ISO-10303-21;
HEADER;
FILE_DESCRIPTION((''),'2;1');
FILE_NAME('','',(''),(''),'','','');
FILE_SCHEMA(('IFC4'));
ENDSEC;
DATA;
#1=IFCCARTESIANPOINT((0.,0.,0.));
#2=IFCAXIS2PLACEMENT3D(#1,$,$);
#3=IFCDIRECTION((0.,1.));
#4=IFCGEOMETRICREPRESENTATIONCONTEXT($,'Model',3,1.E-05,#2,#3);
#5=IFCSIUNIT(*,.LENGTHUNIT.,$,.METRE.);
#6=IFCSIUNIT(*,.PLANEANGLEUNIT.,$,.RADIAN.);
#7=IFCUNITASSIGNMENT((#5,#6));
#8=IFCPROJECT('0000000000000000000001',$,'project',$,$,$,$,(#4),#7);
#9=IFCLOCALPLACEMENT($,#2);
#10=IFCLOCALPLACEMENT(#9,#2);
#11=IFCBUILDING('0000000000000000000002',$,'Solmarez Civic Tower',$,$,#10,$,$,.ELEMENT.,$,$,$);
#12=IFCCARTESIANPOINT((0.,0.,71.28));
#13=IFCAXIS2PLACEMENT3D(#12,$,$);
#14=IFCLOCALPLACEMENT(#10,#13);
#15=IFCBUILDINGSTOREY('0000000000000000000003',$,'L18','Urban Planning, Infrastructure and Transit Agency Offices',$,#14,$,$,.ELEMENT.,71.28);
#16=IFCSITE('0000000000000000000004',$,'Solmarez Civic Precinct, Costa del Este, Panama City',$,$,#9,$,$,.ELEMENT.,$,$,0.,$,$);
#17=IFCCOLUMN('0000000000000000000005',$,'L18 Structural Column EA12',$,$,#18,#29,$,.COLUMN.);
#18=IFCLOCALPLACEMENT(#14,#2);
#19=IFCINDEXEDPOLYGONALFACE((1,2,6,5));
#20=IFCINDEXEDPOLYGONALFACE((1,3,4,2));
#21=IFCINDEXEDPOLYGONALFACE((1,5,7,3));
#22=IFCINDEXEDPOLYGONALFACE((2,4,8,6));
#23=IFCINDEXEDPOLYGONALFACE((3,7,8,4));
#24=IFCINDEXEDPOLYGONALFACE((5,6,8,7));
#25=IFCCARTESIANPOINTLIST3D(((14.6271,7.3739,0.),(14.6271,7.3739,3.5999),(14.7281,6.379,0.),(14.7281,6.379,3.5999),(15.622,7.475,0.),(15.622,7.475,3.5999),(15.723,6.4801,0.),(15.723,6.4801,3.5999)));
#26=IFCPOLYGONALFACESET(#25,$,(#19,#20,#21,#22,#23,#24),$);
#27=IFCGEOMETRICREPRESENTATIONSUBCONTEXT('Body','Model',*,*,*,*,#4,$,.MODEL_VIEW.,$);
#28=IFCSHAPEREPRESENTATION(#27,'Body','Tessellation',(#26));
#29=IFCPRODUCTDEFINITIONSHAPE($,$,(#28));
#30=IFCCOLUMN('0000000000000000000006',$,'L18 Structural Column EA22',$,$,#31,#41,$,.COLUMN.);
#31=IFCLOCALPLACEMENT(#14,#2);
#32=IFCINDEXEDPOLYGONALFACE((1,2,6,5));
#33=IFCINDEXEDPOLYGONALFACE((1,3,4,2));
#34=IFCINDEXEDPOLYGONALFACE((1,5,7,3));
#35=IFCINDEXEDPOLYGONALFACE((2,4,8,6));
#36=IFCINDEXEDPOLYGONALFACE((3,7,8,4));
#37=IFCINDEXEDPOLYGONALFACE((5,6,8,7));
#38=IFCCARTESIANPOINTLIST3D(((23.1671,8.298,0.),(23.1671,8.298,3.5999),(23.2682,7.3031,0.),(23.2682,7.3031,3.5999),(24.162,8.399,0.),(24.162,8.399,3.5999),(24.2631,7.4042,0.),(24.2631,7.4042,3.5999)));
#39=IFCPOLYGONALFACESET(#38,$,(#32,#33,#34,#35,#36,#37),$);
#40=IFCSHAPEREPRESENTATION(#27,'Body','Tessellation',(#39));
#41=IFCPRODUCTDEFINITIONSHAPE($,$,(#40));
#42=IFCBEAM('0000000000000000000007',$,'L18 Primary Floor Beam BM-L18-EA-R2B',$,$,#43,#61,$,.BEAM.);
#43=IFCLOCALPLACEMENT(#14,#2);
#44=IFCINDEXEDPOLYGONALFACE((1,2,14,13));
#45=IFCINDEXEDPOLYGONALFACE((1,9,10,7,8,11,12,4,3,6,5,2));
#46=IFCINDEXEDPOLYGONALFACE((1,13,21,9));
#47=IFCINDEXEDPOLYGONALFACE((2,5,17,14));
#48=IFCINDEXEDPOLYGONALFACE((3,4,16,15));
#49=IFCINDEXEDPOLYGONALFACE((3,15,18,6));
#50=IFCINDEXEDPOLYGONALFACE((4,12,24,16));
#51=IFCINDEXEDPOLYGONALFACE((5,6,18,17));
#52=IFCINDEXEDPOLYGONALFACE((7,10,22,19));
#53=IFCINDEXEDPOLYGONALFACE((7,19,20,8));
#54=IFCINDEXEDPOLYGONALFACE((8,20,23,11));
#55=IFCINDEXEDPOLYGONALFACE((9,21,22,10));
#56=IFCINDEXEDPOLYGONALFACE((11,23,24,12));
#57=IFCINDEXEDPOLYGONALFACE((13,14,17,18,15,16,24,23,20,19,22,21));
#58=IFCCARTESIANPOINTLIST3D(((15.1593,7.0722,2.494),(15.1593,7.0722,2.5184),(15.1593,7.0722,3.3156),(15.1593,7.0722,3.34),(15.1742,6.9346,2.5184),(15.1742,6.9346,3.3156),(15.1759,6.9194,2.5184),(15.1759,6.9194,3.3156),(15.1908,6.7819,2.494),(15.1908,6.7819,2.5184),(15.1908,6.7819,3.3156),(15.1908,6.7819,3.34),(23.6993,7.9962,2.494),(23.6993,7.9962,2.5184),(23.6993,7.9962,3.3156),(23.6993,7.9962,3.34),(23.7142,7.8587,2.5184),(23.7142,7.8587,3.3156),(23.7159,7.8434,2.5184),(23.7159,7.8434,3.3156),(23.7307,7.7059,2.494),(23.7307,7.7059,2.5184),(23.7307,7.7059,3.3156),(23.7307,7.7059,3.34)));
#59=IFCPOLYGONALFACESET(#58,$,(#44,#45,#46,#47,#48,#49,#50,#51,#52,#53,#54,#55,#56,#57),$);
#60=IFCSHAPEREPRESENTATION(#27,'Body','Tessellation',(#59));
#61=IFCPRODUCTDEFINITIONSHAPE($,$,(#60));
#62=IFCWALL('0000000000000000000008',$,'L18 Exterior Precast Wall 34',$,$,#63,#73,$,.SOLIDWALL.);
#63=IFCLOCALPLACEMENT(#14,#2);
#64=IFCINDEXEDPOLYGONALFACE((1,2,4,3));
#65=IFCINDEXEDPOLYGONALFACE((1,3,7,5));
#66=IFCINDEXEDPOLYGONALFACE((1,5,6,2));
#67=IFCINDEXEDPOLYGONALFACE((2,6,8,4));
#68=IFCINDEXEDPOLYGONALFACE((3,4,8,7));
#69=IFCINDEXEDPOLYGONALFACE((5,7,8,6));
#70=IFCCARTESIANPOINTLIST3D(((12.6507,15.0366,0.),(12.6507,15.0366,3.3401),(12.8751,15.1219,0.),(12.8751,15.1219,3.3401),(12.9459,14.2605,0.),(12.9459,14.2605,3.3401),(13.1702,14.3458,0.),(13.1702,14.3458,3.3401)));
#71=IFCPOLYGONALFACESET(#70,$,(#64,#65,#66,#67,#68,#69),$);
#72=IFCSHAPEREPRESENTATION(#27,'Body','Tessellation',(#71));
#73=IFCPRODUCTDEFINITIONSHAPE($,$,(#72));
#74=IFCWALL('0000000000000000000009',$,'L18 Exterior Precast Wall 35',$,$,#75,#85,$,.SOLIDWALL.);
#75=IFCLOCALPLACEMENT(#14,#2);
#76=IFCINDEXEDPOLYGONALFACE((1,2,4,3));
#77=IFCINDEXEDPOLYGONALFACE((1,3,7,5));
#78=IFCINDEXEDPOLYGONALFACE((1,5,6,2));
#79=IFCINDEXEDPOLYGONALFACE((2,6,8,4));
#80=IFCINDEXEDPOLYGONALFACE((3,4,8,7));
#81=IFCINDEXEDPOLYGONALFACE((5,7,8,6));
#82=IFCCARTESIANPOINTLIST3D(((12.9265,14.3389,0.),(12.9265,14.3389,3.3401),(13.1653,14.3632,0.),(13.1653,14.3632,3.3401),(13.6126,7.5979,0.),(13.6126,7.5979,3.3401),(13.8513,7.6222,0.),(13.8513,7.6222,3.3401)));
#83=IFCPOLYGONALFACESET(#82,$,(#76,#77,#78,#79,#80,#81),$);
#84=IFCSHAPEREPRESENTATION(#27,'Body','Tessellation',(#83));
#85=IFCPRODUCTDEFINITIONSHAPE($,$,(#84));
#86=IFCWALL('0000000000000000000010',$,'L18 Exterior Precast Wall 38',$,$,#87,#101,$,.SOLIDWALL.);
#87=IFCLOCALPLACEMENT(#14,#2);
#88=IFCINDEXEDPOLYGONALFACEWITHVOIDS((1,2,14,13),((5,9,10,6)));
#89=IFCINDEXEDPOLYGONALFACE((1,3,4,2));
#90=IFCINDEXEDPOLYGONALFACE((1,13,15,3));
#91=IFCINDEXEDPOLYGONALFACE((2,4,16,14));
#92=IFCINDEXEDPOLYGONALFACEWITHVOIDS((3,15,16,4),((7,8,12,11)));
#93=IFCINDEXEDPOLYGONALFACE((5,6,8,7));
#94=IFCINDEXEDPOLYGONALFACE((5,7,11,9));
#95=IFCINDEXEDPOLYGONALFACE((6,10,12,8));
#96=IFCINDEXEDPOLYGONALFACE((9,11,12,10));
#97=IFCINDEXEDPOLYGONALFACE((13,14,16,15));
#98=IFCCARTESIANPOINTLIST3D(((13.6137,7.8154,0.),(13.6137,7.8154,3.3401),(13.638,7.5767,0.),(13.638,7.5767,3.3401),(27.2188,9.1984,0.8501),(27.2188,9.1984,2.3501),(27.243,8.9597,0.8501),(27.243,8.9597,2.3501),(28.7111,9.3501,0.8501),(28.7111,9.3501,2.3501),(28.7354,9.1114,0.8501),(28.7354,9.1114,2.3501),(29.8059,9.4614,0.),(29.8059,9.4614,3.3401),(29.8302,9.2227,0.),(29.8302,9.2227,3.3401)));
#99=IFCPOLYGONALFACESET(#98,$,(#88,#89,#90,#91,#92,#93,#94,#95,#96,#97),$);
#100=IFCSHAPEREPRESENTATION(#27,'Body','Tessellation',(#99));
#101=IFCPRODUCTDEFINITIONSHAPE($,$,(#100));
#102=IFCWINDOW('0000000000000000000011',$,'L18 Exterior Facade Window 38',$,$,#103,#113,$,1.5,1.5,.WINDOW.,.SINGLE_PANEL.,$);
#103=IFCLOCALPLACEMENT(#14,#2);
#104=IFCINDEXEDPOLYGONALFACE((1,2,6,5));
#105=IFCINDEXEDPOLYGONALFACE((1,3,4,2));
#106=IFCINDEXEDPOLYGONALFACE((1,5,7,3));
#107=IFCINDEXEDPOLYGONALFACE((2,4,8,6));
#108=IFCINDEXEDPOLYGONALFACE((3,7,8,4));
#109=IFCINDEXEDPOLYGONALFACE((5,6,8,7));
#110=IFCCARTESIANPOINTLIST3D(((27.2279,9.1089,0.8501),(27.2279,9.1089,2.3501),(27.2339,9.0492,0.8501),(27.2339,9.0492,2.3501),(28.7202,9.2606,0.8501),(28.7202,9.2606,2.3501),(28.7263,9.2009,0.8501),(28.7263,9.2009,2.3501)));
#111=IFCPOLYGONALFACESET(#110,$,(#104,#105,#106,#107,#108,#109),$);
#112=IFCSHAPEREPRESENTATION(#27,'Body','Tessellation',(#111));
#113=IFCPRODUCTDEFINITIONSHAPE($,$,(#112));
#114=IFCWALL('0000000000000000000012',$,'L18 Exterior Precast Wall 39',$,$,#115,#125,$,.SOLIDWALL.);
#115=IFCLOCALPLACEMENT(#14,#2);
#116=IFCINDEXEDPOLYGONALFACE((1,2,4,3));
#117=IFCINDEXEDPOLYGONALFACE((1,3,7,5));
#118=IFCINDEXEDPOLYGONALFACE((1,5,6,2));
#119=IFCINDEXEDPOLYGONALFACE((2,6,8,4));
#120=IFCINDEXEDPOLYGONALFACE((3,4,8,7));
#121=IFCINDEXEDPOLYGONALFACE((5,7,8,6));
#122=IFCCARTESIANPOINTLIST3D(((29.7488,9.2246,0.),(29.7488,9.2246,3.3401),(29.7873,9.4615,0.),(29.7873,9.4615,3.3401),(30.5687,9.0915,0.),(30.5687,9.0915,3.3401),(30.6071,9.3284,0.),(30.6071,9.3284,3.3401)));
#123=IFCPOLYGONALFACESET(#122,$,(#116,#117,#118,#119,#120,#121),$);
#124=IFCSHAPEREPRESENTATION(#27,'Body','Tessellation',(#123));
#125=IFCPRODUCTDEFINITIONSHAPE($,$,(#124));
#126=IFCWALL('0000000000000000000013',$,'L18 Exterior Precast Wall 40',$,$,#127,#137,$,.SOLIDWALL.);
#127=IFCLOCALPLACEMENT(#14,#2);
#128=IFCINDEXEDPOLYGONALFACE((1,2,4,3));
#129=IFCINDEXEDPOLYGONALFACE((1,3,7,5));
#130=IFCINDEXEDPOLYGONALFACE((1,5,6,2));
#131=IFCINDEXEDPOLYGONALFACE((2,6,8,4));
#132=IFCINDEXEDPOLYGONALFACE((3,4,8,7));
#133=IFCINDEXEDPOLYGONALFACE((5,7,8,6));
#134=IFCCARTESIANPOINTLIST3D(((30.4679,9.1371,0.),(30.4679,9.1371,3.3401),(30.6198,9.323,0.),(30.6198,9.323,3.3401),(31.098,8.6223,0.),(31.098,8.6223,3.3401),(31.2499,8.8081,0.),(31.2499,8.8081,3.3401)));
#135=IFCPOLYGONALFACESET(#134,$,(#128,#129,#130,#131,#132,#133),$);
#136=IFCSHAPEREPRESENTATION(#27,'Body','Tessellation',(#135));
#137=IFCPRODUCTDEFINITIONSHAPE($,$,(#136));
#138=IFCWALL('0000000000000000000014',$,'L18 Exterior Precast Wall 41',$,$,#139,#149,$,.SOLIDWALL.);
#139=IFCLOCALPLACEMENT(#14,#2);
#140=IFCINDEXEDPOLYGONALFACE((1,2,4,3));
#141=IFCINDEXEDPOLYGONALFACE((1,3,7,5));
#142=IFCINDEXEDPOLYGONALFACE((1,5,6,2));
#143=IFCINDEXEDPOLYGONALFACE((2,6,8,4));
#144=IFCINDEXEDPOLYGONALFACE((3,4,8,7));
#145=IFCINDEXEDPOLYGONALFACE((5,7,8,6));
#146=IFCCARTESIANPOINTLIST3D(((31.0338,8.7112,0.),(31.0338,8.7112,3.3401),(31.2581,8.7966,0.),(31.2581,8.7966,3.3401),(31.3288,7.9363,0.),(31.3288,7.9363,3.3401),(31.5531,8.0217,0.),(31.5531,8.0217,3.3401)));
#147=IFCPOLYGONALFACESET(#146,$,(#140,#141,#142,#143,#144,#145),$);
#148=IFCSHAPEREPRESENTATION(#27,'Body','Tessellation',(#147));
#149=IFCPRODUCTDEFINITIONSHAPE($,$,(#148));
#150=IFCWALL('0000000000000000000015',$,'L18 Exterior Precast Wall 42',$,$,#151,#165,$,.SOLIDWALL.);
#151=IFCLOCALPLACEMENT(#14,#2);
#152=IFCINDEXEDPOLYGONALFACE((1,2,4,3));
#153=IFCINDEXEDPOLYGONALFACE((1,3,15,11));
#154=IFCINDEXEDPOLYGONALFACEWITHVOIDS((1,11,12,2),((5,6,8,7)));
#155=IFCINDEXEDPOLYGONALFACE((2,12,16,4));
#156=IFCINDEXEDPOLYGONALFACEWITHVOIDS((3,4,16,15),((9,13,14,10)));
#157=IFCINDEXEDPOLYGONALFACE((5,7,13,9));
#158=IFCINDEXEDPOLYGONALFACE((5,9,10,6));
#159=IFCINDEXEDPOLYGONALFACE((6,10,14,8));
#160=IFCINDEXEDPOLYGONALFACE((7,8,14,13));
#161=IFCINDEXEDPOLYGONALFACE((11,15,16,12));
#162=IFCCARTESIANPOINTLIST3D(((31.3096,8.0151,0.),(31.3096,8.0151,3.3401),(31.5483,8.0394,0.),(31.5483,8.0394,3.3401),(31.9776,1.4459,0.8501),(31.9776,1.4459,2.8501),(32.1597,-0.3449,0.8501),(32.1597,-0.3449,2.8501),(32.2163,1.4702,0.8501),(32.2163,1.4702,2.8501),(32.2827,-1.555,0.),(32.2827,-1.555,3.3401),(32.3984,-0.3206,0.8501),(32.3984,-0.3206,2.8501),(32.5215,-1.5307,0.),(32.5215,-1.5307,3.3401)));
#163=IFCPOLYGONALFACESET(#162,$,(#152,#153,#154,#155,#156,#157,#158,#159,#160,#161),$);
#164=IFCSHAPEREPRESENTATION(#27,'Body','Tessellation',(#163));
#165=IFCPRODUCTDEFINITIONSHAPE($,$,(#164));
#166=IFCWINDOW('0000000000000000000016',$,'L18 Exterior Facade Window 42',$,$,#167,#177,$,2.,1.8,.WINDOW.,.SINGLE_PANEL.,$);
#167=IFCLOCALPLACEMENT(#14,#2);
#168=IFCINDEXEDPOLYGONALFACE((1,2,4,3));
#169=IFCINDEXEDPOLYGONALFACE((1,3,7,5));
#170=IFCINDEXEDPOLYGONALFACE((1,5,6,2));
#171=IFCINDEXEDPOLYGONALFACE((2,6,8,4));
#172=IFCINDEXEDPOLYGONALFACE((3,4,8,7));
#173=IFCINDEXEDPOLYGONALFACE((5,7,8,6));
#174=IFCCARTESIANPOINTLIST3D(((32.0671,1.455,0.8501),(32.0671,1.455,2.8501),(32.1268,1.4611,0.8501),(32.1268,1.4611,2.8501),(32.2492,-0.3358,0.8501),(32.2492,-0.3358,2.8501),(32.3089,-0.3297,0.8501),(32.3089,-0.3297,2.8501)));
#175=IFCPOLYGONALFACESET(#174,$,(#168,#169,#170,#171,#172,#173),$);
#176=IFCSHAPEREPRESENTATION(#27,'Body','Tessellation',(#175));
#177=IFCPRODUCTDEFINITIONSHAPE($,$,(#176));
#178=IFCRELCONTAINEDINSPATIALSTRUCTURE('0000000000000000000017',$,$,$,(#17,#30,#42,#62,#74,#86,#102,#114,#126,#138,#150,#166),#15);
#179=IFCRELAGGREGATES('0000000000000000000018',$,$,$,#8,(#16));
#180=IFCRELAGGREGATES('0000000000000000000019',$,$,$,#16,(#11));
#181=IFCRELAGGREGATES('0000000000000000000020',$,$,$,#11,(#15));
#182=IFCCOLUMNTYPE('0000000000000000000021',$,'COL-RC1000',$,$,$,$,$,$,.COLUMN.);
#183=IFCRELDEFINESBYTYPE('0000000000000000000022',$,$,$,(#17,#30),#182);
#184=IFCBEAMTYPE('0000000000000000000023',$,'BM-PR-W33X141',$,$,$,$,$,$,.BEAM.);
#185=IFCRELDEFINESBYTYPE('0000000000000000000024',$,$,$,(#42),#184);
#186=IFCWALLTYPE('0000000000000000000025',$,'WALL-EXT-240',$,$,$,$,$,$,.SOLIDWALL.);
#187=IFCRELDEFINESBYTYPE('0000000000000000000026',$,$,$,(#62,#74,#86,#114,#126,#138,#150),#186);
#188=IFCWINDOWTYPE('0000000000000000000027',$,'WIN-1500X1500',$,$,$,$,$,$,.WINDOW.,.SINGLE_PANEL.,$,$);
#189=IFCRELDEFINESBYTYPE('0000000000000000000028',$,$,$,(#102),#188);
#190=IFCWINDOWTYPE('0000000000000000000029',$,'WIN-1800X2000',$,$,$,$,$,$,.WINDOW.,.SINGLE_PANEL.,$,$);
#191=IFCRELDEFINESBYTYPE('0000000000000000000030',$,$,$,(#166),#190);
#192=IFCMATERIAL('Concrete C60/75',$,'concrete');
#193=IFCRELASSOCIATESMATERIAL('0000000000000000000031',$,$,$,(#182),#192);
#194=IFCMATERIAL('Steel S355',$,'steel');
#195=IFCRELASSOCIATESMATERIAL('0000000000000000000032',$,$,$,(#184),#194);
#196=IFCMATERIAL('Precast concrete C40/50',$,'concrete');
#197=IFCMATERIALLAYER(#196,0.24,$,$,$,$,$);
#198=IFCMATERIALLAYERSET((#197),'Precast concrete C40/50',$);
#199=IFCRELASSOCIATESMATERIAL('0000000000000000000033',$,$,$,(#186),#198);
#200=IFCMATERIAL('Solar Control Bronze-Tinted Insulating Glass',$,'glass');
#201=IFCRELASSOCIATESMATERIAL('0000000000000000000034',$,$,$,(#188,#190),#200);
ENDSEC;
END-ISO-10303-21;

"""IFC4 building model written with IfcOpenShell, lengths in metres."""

from ifc_helpers import new_model, si_unit, direction, frame, frame_2d, origin, origin_2d, place, context, subcontext, project, spatial, rectangle, i_section, extrude, material, layer, layer_set, material_profile, profile_set, type_object, element, fill, save


model = new_model("IFC4")

# Units and contexts
model_context = context("Model", 3, precision=1e-05, world=origin(), true_north=direction((0.0, 1.0)))
body_context = subcontext(model_context, "Body", "Model", "MODEL_VIEW")
ifc_project = project(units=[si_unit("LENGTHUNIT", "METRE"), si_unit("PLANEANGLEUNIT", "RADIAN")], contexts=[model_context])

# Site, building, storey
site_placement = place(None, origin())
site = spatial("IfcSite", under=ifc_project, at=site_placement, Name="Solmarez Civic Precinct, Costa del Este, Panama City", CompositionType="ELEMENT", RefElevation=0.0)
building_placement = place(site_placement, origin())
building = spatial("IfcBuilding", under=site, at=building_placement, Name="Solmarez Civic Tower", CompositionType="ELEMENT")
storey_placement = place(building_placement, frame((0.0, 0.0, 71.28)))
storey = spatial("IfcBuildingStorey", under=building, at=storey_placement, Name="L18", Description="Urban Planning, Infrastructure and Transit Agency Offices", CompositionType="ELEMENT", Elevation=71.28)

# Columns
ifc_material_1 = material(Name="Concrete C60/75", Category="concrete")
ifc_material_profile_1 = material_profile(ifc_material_1, rectangle(XDim=1.0, YDim=1.0, at=origin_2d()), Name="RC1000X1000")
ifc_profile_set_1 = profile_set([ifc_material_profile_1], Name="Concrete C60/75")
column_type = type_object("IfcColumnType", Name="COL-RC1000", PredefinedType="COLUMN", material=ifc_profile_set_1)
for number, where, z_axis, x_axis, name in (
    (1, (15.175, 6.927, 0.0), (0.0, 0.0, 1.0), (0.994881, 0.101056, 0.0), "L18 Structural Column EA12"),
    (2, (23.7151, 7.8511, 0.0), (0.0, 0.0, 1.0), (0.994881, 0.101056, 0.0), "L18 Structural Column EA22"),
):
    element("IfcColumn", number, at=place(storey_placement, frame(where, z_axis=z_axis, x_axis=x_axis)), inside=storey, type_object=column_type, Name=name, PredefinedType="COLUMN", context=body_context, shape_type="SweptSolid", body=[
        extrude(rectangle(XDim=1.0, YDim=1.0, at=origin_2d()), origin(), (0.0, 0.0, 1.0), 3.5999),
    ])

# Beam
ifc_material_2 = material(Name="Steel S355", Category="steel")
ifc_material_profile_2 = material_profile(ifc_material_2, i_section(OverallWidth=0.292, OverallDepth=0.8459, WebThickness=0.0154, FlangeThickness=0.0244, at=origin_2d()), Name="W33X141")
ifc_profile_set_2 = profile_set([ifc_material_profile_2], Name="Steel S355")
beam_type = type_object("IfcBeamType", Name="BM-PR-W33X141", PredefinedType="BEAM", material=ifc_profile_set_2)
beam_placement = place(storey_placement, frame((15.175, 6.927, 2.917), z_axis=(0.994197, 0.107577, 0.0), x_axis=(-0.107577, 0.994197, 0.0)))
element("IfcBeam", 3, at=beam_placement, inside=storey, type_object=beam_type, Name="L18 Primary Floor Beam BM-L18-EA-R2B", PredefinedType="BEAM", context=body_context, shape_type="SweptSolid", body=[
    extrude(i_section(OverallWidth=0.292, OverallDepth=0.8459, WebThickness=0.0154, FlangeThickness=0.0244, at=origin_2d()), origin(), (0.0, 0.0, 1.0), 8.5898),
])

# Walls
ifc_material_3 = material(Name="Precast concrete C40/50", Category="concrete")
ifc_layer_1 = layer(ifc_material_3, 0.24)
ifc_layer_set_1 = layer_set([ifc_layer_1], Name="Precast concrete C40/50")
wall_type_1 = type_object("IfcWallType", Name="WALL-EXT-240", PredefinedType="SOLIDWALL", material=ifc_layer_set_1)
wall_1_placement = place(storey_placement, frame((12.7629, 15.0791, 0.0), z_axis=(0.0, 0.0, 1.0), x_axis=(0.35547, -0.934688, 0.0)))
element("IfcWall", 4, at=wall_1_placement, inside=storey, type_object=wall_type_1, Name="L18 Exterior Precast Wall 34", PredefinedType="SOLIDWALL", context=body_context, shape_type="SweptSolid", body=[
    extrude(rectangle(XDim=0.8303, YDim=0.24, at=frame_2d((0.415, 0.0))), origin(), (0.0, 0.0, 1.0), 3.3401),
])
wall_2_placement = place(storey_placement, frame((13.0459, 14.3511, 0.0), z_axis=(0.0, 0.0, 1.0), x_axis=(0.101248, -0.994861, 0.0)))
element("IfcWall", 5, at=wall_2_placement, inside=storey, type_object=wall_type_1, Name="L18 Exterior Precast Wall 35", PredefinedType="SOLIDWALL", context=body_context, shape_type="SweptSolid", body=[
    extrude(rectangle(XDim=6.7759, YDim=0.24, at=frame_2d((3.3879, 0.0))), origin(), (0.0, 0.0, 1.0), 3.3401),
])

# Wall, opening, window
wall_3_placement = place(storey_placement, frame((13.626, 7.696, 0.0), z_axis=(0.0, 0.0, 1.0), x_axis=(0.994873, 0.101133, 0.0)))
wall_3 = element("IfcWall", 6, at=wall_3_placement, inside=storey, type_object=wall_type_1, Name="L18 Exterior Precast Wall 38", PredefinedType="SOLIDWALL", context=body_context, shape_type="SweptSolid", body=[
    extrude(rectangle(XDim=16.2756, YDim=0.24, at=frame_2d((8.1377, 0.0))), origin(), (0.0, 0.0, 1.0), 3.3401),
])
opening_1_placement = place(wall_3_placement, frame((13.675, 0.0, 0.8501)))
opening_1 = element("IfcOpeningElement", 7, at=opening_1_placement, cuts=wall_3, PredefinedType="OPENING", context=body_context, shape_type="SweptSolid", body=[
    extrude(rectangle(XDim=1.5, YDim=1.5, at=frame_2d((0.75, 0.75))), frame((0.0, 0.1299, 0.0), z_axis=(0.0, -1.0, 0.0), x_axis=(1.0, 0.0, 0.0)), (0.0, 0.0, 1.0), 0.26),
])
ifc_material_4 = material(Name="Solar Control Bronze-Tinted Insulating Glass", Category="glass")
window_type_1 = type_object("IfcWindowType", Name="WIN-1500X1500", PartitioningType="SINGLE_PANEL", PredefinedType="WINDOW", material=ifc_material_4)
window_1_placement = place(opening_1_placement, origin())
window_1 = element("IfcWindow", 8, at=window_1_placement, inside=storey, type_object=window_type_1, Name="L18 Exterior Facade Window 38", OverallHeight=1.5, OverallWidth=1.5, PartitioningType="SINGLE_PANEL", PredefinedType="WINDOW", context=body_context, shape_type="SweptSolid", body=[
    extrude(rectangle(XDim=1.5, YDim=1.5, at=frame_2d((0.75, 0.75))), frame((0.0, 0.03, 0.0), z_axis=(0.0, -1.0, 0.0), x_axis=(1.0, 0.0, 0.0)), (0.0, 0.0, 1.0), 0.0601),
])
fill(opening_1, window_1)

# Walls
wall_4_placement = place(storey_placement, frame((29.7681, 9.343, 0.0), z_axis=(0.0, 0.0, 1.0), x_axis=(0.987084, -0.160203, 0.0)))
element("IfcWall", 9, at=wall_4_placement, inside=storey, type_object=wall_type_1, Name="L18 Exterior Precast Wall 39", PredefinedType="SOLIDWALL", context=body_context, shape_type="SweptSolid", body=[
    extrude(rectangle(XDim=0.8306, YDim=0.24, at=frame_2d((0.4153, 0.0))), origin(), (0.0, 0.0, 1.0), 3.3401),
])
wall_5_placement = place(storey_placement, frame((30.5439, 9.23, 0.0), z_axis=(0.0, 0.0, 1.0), x_axis=(0.774358, -0.632748, 0.0)))
element("IfcWall", 10, at=wall_5_placement, inside=storey, type_object=wall_type_1, Name="L18 Exterior Precast Wall 40", PredefinedType="SOLIDWALL", context=body_context, shape_type="SweptSolid", body=[
    extrude(rectangle(XDim=0.8137, YDim=0.24, at=frame_2d((0.4067, 0.0))), origin(), (0.0, 0.0, 1.0), 3.3401),
])
wall_6_placement = place(storey_placement, frame((31.146, 8.7539, 0.0), z_axis=(0.0, 0.0, 1.0), x_axis=(0.355701, -0.9346, 0.0)))
element("IfcWall", 11, at=wall_6_placement, inside=storey, type_object=wall_type_1, Name="L18 Exterior Precast Wall 41", PredefinedType="SOLIDWALL", context=body_context, shape_type="SweptSolid", body=[
    extrude(rectangle(XDim=0.8291, YDim=0.24, at=frame_2d((0.4146, 0.0))), origin(), (0.0, 0.0, 1.0), 3.3401),
])

# Wall, opening, window
wall_7_placement = place(storey_placement, frame((31.429, 8.0271, 0.0), z_axis=(0.0, 0.0, 1.0), x_axis=(0.101165, -0.99487, 0.0)))
wall_7 = element("IfcWall", 12, at=wall_7_placement, inside=storey, type_object=wall_type_1, Name="L18 Exterior Precast Wall 42", PredefinedType="SOLIDWALL", context=body_context, shape_type="SweptSolid", body=[
    extrude(rectangle(XDim=9.6194, YDim=0.24, at=frame_2d((4.8096, 0.0))), origin(), (0.0, 0.0, 1.0), 3.3401),
])
opening_2_placement = place(wall_7_placement, frame((6.603, 0.0, 0.8501)))
opening_2 = element("IfcOpeningElement", 13, at=opening_2_placement, cuts=wall_7, PredefinedType="OPENING", context=body_context, shape_type="SweptSolid", body=[
    extrude(rectangle(XDim=1.8, YDim=2.0, at=frame_2d((0.8999, 1.0))), frame((0.0, 0.1299, 0.0), z_axis=(0.0, -1.0, 0.0), x_axis=(1.0, 0.0, 0.0)), (0.0, 0.0, 1.0), 0.26),
])
window_type_2 = type_object("IfcWindowType", Name="WIN-1800X2000", PartitioningType="SINGLE_PANEL", PredefinedType="WINDOW", material=ifc_material_4)
window_2_placement = place(opening_2_placement, origin())
window_2 = element("IfcWindow", 14, at=window_2_placement, inside=storey, type_object=window_type_2, Name="L18 Exterior Facade Window 42", OverallHeight=2.0, OverallWidth=1.8, PartitioningType="SINGLE_PANEL", PredefinedType="WINDOW", context=body_context, shape_type="SweptSolid", body=[
    extrude(rectangle(XDim=1.8, YDim=2.0, at=frame_2d((0.8999, 1.0))), frame((0.0, 0.03, 0.0), z_axis=(0.0, -1.0, 0.0), x_axis=(1.0, 0.0, 0.0)), (0.0, 0.0, 1.0), 0.0601),
])
fill(opening_2, window_2)

save(model, "model.ifc")
